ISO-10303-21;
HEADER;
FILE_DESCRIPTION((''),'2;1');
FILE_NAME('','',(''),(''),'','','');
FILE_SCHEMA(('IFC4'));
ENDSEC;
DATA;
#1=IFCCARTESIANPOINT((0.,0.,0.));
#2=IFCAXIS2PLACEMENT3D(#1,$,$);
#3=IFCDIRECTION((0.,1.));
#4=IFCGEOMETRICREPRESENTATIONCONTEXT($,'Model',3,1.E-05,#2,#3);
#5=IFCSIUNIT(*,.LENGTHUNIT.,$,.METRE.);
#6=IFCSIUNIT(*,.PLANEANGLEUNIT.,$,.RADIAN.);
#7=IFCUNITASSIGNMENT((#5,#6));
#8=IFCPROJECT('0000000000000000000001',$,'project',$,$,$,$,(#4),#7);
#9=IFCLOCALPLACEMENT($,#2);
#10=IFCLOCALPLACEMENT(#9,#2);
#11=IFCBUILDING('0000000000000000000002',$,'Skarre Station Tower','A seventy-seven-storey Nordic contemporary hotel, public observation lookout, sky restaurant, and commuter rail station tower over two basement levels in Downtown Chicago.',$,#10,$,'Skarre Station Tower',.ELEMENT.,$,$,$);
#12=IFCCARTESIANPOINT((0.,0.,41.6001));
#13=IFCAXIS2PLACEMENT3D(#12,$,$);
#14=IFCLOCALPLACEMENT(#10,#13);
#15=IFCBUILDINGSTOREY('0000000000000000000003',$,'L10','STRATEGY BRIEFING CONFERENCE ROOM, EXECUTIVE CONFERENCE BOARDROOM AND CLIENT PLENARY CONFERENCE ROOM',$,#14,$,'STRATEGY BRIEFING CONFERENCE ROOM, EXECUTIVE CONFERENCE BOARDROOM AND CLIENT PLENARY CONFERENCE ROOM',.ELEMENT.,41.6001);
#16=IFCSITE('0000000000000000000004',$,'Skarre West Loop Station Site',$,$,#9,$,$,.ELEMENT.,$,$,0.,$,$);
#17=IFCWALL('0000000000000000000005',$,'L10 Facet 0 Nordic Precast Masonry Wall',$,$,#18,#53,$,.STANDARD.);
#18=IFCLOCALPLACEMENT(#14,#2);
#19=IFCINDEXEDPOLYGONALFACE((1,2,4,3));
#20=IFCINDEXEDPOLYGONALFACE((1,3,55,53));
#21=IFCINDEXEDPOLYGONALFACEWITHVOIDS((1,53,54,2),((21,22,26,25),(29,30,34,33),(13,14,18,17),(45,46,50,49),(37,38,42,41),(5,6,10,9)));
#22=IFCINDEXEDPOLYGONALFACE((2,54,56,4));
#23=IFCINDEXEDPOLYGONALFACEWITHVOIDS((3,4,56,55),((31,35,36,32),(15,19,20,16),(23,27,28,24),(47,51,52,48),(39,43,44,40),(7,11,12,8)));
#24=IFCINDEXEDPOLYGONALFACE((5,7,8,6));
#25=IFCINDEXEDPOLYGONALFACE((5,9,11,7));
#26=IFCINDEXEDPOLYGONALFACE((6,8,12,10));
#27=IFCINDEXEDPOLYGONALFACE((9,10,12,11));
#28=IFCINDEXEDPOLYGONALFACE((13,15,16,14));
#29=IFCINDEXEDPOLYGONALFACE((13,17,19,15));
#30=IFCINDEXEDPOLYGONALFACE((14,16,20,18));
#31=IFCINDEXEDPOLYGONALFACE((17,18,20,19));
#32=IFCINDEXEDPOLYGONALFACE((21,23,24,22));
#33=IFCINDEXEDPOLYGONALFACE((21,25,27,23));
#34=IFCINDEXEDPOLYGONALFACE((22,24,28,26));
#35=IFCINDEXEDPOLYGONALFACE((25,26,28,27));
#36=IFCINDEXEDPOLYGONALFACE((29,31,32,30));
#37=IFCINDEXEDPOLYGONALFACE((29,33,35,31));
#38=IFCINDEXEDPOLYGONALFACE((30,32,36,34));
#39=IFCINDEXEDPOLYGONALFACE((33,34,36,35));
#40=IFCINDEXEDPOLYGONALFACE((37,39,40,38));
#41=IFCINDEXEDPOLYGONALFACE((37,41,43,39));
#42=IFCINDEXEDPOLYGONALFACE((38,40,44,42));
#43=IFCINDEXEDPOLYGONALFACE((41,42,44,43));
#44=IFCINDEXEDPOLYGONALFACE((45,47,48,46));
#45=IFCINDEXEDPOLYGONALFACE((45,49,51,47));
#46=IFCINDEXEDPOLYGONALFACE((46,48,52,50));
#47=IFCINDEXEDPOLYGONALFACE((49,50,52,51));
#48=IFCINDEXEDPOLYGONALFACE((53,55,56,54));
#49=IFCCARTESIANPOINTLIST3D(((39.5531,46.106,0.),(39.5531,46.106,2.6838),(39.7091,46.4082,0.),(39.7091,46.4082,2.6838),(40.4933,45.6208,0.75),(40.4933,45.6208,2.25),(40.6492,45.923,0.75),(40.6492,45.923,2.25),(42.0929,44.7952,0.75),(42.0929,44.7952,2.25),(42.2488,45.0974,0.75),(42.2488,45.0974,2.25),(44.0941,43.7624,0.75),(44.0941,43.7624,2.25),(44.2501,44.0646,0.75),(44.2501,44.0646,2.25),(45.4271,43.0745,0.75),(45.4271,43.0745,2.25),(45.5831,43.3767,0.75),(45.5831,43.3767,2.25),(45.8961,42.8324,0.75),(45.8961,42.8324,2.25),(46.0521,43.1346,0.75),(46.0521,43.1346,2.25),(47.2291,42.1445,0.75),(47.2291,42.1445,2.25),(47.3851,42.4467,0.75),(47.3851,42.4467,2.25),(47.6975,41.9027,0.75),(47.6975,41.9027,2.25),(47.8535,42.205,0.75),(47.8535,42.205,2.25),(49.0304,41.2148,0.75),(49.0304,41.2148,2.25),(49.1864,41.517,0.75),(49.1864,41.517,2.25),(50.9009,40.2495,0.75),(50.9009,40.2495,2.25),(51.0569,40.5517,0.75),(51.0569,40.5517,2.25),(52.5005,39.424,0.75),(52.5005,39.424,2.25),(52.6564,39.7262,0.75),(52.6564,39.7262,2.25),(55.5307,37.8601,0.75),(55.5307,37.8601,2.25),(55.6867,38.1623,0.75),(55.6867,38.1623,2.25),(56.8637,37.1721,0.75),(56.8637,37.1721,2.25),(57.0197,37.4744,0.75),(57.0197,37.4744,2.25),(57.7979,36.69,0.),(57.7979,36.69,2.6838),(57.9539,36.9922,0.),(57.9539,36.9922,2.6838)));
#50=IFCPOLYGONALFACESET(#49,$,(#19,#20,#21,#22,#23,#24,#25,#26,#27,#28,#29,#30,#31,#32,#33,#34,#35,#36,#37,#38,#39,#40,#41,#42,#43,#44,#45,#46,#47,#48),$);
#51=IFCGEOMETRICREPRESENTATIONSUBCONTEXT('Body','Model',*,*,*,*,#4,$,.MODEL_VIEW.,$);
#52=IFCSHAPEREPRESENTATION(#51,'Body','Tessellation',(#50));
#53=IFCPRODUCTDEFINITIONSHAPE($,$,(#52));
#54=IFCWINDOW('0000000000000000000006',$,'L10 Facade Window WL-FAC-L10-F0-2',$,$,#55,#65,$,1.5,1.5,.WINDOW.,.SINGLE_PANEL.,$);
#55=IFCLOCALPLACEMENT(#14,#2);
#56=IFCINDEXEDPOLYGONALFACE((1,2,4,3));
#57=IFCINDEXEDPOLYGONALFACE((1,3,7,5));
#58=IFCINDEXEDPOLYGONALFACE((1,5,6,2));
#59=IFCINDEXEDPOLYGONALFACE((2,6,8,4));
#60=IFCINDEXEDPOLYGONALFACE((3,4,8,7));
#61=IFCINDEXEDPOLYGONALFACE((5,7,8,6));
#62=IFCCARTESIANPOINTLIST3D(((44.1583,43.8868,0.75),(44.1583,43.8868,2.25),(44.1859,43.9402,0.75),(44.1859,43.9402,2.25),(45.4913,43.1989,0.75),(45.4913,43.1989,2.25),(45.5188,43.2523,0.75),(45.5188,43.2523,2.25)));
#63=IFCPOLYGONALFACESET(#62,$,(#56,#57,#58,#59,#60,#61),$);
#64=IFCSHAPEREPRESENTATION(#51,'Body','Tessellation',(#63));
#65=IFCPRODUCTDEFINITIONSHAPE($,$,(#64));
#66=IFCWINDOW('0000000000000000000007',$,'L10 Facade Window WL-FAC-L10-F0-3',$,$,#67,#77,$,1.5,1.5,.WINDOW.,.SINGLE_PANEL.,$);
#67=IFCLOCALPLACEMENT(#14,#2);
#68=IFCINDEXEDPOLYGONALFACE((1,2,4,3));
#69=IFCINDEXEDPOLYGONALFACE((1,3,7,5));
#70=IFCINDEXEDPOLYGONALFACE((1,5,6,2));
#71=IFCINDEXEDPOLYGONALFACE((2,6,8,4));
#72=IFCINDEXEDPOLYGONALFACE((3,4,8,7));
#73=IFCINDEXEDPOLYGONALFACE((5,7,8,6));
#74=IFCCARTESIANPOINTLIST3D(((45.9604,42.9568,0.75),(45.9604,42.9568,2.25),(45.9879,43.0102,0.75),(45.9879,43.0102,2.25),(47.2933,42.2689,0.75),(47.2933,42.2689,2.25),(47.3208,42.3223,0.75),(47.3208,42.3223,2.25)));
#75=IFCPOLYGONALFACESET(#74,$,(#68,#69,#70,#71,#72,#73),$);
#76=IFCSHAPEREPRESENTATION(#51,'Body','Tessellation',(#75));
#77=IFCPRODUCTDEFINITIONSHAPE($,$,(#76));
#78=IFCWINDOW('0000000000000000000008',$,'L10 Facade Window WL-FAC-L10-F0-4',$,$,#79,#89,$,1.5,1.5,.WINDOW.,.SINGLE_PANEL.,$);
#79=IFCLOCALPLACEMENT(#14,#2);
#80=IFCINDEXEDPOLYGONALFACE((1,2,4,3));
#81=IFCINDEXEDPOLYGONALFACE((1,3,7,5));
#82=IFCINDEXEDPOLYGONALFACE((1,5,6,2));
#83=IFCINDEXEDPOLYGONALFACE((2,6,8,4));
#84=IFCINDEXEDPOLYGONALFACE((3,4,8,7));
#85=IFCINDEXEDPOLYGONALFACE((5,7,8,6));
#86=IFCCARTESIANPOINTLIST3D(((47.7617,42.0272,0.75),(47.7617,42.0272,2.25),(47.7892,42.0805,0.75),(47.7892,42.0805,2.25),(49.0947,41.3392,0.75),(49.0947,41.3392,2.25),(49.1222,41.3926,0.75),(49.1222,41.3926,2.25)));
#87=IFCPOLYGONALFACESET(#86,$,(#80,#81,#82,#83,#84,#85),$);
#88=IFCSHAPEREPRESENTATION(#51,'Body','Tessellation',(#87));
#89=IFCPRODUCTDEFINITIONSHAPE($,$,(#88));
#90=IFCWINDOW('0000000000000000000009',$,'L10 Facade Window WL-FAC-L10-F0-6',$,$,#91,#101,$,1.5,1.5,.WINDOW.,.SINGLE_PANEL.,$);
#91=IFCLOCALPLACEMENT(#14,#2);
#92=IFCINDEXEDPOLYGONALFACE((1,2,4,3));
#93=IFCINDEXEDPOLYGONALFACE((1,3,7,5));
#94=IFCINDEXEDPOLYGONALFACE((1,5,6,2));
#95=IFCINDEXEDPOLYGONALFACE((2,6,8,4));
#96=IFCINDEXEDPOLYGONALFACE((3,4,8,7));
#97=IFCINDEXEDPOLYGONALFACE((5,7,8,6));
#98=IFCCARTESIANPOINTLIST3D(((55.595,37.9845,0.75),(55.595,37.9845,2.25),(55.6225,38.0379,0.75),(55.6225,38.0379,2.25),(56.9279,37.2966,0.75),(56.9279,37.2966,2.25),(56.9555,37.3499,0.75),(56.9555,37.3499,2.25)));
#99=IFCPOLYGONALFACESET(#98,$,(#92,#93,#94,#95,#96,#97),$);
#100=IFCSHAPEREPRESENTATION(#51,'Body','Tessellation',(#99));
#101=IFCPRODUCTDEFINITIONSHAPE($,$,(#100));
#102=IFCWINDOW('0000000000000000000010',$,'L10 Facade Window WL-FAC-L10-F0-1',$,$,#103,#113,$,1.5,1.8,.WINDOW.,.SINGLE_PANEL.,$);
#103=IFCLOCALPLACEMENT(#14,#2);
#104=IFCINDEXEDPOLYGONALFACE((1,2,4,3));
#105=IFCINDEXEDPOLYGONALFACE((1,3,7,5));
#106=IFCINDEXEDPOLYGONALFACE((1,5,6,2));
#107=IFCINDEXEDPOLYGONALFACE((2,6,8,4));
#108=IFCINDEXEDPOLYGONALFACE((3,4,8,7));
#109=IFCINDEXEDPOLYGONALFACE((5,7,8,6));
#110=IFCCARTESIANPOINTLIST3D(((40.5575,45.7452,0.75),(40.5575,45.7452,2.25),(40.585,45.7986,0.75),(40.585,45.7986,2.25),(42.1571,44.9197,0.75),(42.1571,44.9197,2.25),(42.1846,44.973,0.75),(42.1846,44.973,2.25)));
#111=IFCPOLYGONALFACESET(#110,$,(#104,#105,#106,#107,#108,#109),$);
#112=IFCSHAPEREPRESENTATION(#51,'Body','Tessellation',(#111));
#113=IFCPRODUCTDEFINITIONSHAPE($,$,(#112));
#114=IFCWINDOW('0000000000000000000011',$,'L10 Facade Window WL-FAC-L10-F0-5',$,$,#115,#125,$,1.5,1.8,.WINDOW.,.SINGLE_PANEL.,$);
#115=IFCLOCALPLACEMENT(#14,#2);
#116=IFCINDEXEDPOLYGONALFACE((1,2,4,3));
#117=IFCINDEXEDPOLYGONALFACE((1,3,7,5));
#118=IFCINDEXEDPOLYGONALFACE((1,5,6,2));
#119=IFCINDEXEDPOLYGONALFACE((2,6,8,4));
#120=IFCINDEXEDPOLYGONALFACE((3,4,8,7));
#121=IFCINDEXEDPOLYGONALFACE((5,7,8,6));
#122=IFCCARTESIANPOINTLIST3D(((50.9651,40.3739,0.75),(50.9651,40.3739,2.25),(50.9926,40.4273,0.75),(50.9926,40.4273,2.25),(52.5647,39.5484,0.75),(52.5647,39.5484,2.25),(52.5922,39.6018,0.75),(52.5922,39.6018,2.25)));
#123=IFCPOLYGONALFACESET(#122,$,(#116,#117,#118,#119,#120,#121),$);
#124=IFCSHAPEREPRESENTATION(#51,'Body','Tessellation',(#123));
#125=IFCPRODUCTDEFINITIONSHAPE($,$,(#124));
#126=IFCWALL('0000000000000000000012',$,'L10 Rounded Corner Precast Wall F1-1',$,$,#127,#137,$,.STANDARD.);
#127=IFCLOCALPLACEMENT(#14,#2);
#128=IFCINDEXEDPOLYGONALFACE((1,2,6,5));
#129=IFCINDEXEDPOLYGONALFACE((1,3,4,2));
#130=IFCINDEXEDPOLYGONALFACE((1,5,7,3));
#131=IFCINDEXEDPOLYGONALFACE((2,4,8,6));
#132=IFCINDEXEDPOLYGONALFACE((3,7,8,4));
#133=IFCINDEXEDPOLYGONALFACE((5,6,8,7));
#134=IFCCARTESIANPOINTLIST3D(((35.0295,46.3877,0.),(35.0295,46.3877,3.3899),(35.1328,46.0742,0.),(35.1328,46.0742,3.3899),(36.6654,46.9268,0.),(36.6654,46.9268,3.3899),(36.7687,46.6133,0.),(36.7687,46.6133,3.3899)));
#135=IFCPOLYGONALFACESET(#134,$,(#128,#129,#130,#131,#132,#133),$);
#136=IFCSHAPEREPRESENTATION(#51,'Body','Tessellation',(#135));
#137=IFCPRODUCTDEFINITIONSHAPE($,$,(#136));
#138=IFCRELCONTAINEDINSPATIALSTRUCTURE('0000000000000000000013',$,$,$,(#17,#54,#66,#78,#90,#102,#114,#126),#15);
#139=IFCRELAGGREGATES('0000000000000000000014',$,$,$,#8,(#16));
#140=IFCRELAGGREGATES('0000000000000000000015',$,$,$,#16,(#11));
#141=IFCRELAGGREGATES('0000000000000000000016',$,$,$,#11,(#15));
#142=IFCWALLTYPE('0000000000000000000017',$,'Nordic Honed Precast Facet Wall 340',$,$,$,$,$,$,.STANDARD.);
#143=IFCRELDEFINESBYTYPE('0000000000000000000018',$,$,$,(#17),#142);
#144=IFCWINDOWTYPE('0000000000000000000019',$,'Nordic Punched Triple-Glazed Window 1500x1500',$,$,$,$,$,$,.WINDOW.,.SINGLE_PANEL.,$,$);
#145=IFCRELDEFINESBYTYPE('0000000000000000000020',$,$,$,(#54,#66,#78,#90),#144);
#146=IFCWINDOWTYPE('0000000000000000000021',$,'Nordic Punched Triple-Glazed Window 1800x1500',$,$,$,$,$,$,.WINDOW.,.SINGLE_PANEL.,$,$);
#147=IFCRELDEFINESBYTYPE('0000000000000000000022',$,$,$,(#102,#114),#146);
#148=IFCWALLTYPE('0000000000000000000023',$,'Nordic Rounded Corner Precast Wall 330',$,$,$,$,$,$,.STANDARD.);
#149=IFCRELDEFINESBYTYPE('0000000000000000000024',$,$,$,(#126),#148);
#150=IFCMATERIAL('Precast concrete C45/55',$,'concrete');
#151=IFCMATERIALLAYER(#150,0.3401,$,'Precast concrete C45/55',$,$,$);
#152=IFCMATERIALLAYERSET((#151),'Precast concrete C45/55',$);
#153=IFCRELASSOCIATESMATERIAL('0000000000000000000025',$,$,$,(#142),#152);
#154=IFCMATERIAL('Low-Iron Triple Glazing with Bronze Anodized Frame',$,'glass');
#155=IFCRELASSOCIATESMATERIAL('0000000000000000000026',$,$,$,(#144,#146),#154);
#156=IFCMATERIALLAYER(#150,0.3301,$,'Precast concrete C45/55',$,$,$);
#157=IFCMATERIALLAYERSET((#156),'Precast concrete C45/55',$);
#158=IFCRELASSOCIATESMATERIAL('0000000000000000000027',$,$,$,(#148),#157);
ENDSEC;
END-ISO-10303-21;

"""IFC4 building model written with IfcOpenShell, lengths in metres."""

from ifc_helpers import new_model, si_unit, direction, frame, frame_2d, origin, place, context, subcontext, project, spatial, rectangle, extrude, material, layer, layer_set, type_object, element, fill, save


model = new_model("IFC4")

# Units and contexts
model_context = context("Model", 3, precision=1e-05, world=origin(), true_north=direction((0.0, 1.0)))
body_context = subcontext(model_context, "Body", "Model", "MODEL_VIEW")
ifc_project = project(units=[si_unit("LENGTHUNIT", "METRE"), si_unit("PLANEANGLEUNIT", "RADIAN")], contexts=[model_context])

# Site, building, storey
site_placement = place(None, origin())
site = spatial("IfcSite", under=ifc_project, at=site_placement, Name="Skarre West Loop Station Site", CompositionType="ELEMENT", RefElevation=0.0)
building_placement = place(site_placement, origin())
building = spatial("IfcBuilding", under=site, at=building_placement, Name="Skarre Station Tower", Description="A seventy-seven-storey Nordic contemporary hotel, public observation lookout, sky restaurant, and commuter rail station tower over two basement levels in Downtown Chicago.", LongName="Skarre Station Tower", CompositionType="ELEMENT")
storey_placement = place(building_placement, frame((0.0, 0.0, 41.6001)))
storey = spatial("IfcBuildingStorey", under=building, at=storey_placement, Name="L10", Description="STRATEGY BRIEFING CONFERENCE ROOM, EXECUTIVE CONFERENCE BOARDROOM AND CLIENT PLENARY CONFERENCE ROOM", LongName="STRATEGY BRIEFING CONFERENCE ROOM, EXECUTIVE CONFERENCE BOARDROOM AND CLIENT PLENARY CONFERENCE ROOM", CompositionType="ELEMENT", Elevation=41.6001)

# Wall, openings, windows
ifc_material_1 = material(Name="Precast concrete C45/55", Category="concrete")
ifc_layer_1 = layer(ifc_material_1, 0.3401, Name="Precast concrete C45/55")
ifc_layer_set_1 = layer_set([ifc_layer_1], Name="Precast concrete C45/55")
wall_type_1 = type_object("IfcWallType", Name="Nordic Honed Precast Facet Wall 340", PredefinedType="STANDARD", material=ifc_layer_set_1)
wall_1_placement = place(storey_placement, frame((39.6311, 46.2571, 0.0), z_axis=(0.0, 0.0, 1.0), x_axis=(0.888634, -0.458616, 0.0)))
wall_1 = element("IfcWall", 1, at=wall_1_placement, inside=storey, type_object=wall_type_1, Name="L10 Facet 0 Nordic Precast Masonry Wall", PredefinedType="STANDARD", context=body_context, shape_type="SweptSolid", body=[
    extrude(rectangle(XDim=20.5312, YDim=0.3401, at=frame_2d((10.2656, 0.0))), origin(), (0.0, 0.0, 1.0), 2.6838),
])
opening_1_placement = place(wall_1_placement, frame((1.0581, 0.0, 0.75)))
opening_1 = element("IfcOpeningElement", 2, at=opening_1_placement, cuts=wall_1, PredefinedType="OPENING", context=body_context, shape_type="SweptSolid", body=[
    extrude(rectangle(XDim=1.8, YDim=1.5, at=frame_2d((0.8999, 0.75))), frame((0.0, 0.1799, 0.0), z_axis=(0.0, -1.0, 0.0), x_axis=(1.0, 0.0, 0.0)), (0.0, 0.0, 1.0), 0.3601),
])
opening_2_placement = place(wall_1_placement, frame((5.1101, 0.0, 0.75)))
opening_2 = element("IfcOpeningElement", 3, at=opening_2_placement, cuts=wall_1, PredefinedType="OPENING", context=body_context, shape_type="SweptSolid", body=[
    extrude(rectangle(XDim=1.5, YDim=1.5, at=frame_2d((0.75, 0.75))), frame((0.0, 0.1799, 0.0), z_axis=(0.0, -1.0, 0.0), x_axis=(1.0, 0.0, 0.0)), (0.0, 0.0, 1.0), 0.3601),
])
opening_3_placement = place(wall_1_placement, frame((7.1379, 0.0, 0.75)))
opening_3 = element("IfcOpeningElement", 4, at=opening_3_placement, cuts=wall_1, PredefinedType="OPENING", context=body_context, shape_type="SweptSolid", body=[
    extrude(rectangle(XDim=1.5, YDim=1.5, at=frame_2d((0.75, 0.75))), frame((0.0, 0.1799, 0.0), z_axis=(0.0, -1.0, 0.0), x_axis=(1.0, 0.0, 0.0)), (0.0, 0.0, 1.0), 0.3601),
])
opening_4_placement = place(wall_1_placement, frame((9.165, 0.0, 0.75)))
opening_4 = element("IfcOpeningElement", 5, at=opening_4_placement, cuts=wall_1, PredefinedType="OPENING", context=body_context, shape_type="SweptSolid", body=[
    extrude(rectangle(XDim=1.5, YDim=1.5, at=frame_2d((0.75, 0.75))), frame((0.0, 0.1799, 0.0), z_axis=(0.0, -1.0, 0.0), x_axis=(1.0, 0.0, 0.0)), (0.0, 0.0, 1.0), 0.3601),
])
opening_5_placement = place(wall_1_placement, frame((12.77, 0.0, 0.75)))
opening_5 = element("IfcOpeningElement", 6, at=opening_5_placement, cuts=wall_1, PredefinedType="OPENING", context=body_context, shape_type="SweptSolid", body=[
    extrude(rectangle(XDim=1.8, YDim=1.5, at=frame_2d((0.8999, 0.75))), frame((0.0, 0.1799, 0.0), z_axis=(0.0, -1.0, 0.0), x_axis=(1.0, 0.0, 0.0)), (0.0, 0.0, 1.0), 0.3601),
])
opening_6_placement = place(wall_1_placement, frame((17.98, 0.0, 0.75)))
opening_6 = element("IfcOpeningElement", 7, at=opening_6_placement, cuts=wall_1, PredefinedType="OPENING", context=body_context, shape_type="SweptSolid", body=[
    extrude(rectangle(XDim=1.5, YDim=1.5, at=frame_2d((0.75, 0.75))), frame((0.0, 0.1799, 0.0), z_axis=(0.0, -1.0, 0.0), x_axis=(1.0, 0.0, 0.0)), (0.0, 0.0, 1.0), 0.3601),
])
ifc_material_2 = material(Name="Low-Iron Triple Glazing with Bronze Anodized Frame", Category="glass")
window_type_1 = type_object("IfcWindowType", Name="Nordic Punched Triple-Glazed Window 1500x1500", PartitioningType="SINGLE_PANEL", PredefinedType="WINDOW", material=ifc_material_2)
window_1_placement = place(opening_2_placement, origin())
window_1 = element("IfcWindow", 8, at=window_1_placement, inside=storey, type_object=window_type_1, Name="L10 Facade Window WL-FAC-L10-F0-2", OverallHeight=1.5, OverallWidth=1.5, PartitioningType="SINGLE_PANEL", PredefinedType="WINDOW", context=body_context, shape_type="SweptSolid", body=[
    extrude(rectangle(XDim=1.5, YDim=1.5, at=frame_2d((0.75, 0.75))), frame((0.0, 0.03, 0.0), z_axis=(0.0, -1.0, 0.0), x_axis=(1.0, 0.0, 0.0)), (0.0, 0.0, 1.0), 0.0601),
])
fill(opening_2, window_1)
window_2_placement = place(opening_3_placement, origin())
window_2 = element("IfcWindow", 9, at=window_2_placement, inside=storey, type_object=window_type_1, Name="L10 Facade Window WL-FAC-L10-F0-3", OverallHeight=1.5, OverallWidth=1.5, PartitioningType="SINGLE_PANEL", PredefinedType="WINDOW", context=body_context, shape_type="SweptSolid", body=[
    extrude(rectangle(XDim=1.5, YDim=1.5, at=frame_2d((0.75, 0.75))), frame((0.0, 0.03, 0.0), z_axis=(0.0, -1.0, 0.0), x_axis=(1.0, 0.0, 0.0)), (0.0, 0.0, 1.0), 0.0601),
])
fill(opening_3, window_2)
window_3_placement = place(opening_4_placement, origin())
window_3 = element("IfcWindow", 10, at=window_3_placement, inside=storey, type_object=window_type_1, Name="L10 Facade Window WL-FAC-L10-F0-4", OverallHeight=1.5, OverallWidth=1.5, PartitioningType="SINGLE_PANEL", PredefinedType="WINDOW", context=body_context, shape_type="SweptSolid", body=[
    extrude(rectangle(XDim=1.5, YDim=1.5, at=frame_2d((0.75, 0.75))), frame((0.0, 0.03, 0.0), z_axis=(0.0, -1.0, 0.0), x_axis=(1.0, 0.0, 0.0)), (0.0, 0.0, 1.0), 0.0601),
])
fill(opening_4, window_3)
window_4_placement = place(opening_6_placement, origin())
window_4 = element("IfcWindow", 11, at=window_4_placement, inside=storey, type_object=window_type_1, Name="L10 Facade Window WL-FAC-L10-F0-6", OverallHeight=1.5, OverallWidth=1.5, PartitioningType="SINGLE_PANEL", PredefinedType="WINDOW", context=body_context, shape_type="SweptSolid", body=[
    extrude(rectangle(XDim=1.5, YDim=1.5, at=frame_2d((0.75, 0.75))), frame((0.0, 0.03, 0.0), z_axis=(0.0, -1.0, 0.0), x_axis=(1.0, 0.0, 0.0)), (0.0, 0.0, 1.0), 0.0601),
])
fill(opening_6, window_4)
window_type_2 = type_object("IfcWindowType", Name="Nordic Punched Triple-Glazed Window 1800x1500", PartitioningType="SINGLE_PANEL", PredefinedType="WINDOW", material=ifc_material_2)
window_5_placement = place(opening_1_placement, origin())
window_5 = element("IfcWindow", 12, at=window_5_placement, inside=storey, type_object=window_type_2, Name="L10 Facade Window WL-FAC-L10-F0-1", OverallHeight=1.5, OverallWidth=1.8, PartitioningType="SINGLE_PANEL", PredefinedType="WINDOW", context=body_context, shape_type="SweptSolid", body=[
    extrude(rectangle(XDim=1.8, YDim=1.5, at=frame_2d((0.8999, 0.75))), frame((0.0, 0.03, 0.0), z_axis=(0.0, -1.0, 0.0), x_axis=(1.0, 0.0, 0.0)), (0.0, 0.0, 1.0), 0.0601),
])
fill(opening_1, window_5)
window_6_placement = place(opening_5_placement, origin())
window_6 = element("IfcWindow", 13, at=window_6_placement, inside=storey, type_object=window_type_2, Name="L10 Facade Window WL-FAC-L10-F0-5", OverallHeight=1.5, OverallWidth=1.8, PartitioningType="SINGLE_PANEL", PredefinedType="WINDOW", context=body_context, shape_type="SweptSolid", body=[
    extrude(rectangle(XDim=1.8, YDim=1.5, at=frame_2d((0.8999, 0.75))), frame((0.0, 0.03, 0.0), z_axis=(0.0, -1.0, 0.0), x_axis=(1.0, 0.0, 0.0)), (0.0, 0.0, 1.0), 0.0601),
])
fill(opening_5, window_6)

# Wall
ifc_layer_2 = layer(ifc_material_1, 0.3301, Name="Precast concrete C45/55")
ifc_layer_set_2 = layer_set([ifc_layer_2], Name="Precast concrete C45/55")
wall_type_2 = type_object("IfcWallType", Name="Nordic Rounded Corner Precast Wall 330", PredefinedType="STANDARD", material=ifc_layer_set_2)
wall_2_placement = place(storey_placement, frame((35.0811, 46.231, 0.0), z_axis=(0.0, 0.0, 1.0), x_axis=(0.949769, 0.312952, 0.0)))
element("IfcWall", 14, at=wall_2_placement, inside=storey, type_object=wall_type_2, Name="L10 Rounded Corner Precast Wall F1-1", PredefinedType="STANDARD", context=body_context, shape_type="SweptSolid", body=[
    extrude(rectangle(XDim=1.7224, YDim=0.3301, at=frame_2d((0.8613, 0.0))), origin(), (0.0, 0.0, 1.0), 3.3899),
])

save(model, "model.ifc")
